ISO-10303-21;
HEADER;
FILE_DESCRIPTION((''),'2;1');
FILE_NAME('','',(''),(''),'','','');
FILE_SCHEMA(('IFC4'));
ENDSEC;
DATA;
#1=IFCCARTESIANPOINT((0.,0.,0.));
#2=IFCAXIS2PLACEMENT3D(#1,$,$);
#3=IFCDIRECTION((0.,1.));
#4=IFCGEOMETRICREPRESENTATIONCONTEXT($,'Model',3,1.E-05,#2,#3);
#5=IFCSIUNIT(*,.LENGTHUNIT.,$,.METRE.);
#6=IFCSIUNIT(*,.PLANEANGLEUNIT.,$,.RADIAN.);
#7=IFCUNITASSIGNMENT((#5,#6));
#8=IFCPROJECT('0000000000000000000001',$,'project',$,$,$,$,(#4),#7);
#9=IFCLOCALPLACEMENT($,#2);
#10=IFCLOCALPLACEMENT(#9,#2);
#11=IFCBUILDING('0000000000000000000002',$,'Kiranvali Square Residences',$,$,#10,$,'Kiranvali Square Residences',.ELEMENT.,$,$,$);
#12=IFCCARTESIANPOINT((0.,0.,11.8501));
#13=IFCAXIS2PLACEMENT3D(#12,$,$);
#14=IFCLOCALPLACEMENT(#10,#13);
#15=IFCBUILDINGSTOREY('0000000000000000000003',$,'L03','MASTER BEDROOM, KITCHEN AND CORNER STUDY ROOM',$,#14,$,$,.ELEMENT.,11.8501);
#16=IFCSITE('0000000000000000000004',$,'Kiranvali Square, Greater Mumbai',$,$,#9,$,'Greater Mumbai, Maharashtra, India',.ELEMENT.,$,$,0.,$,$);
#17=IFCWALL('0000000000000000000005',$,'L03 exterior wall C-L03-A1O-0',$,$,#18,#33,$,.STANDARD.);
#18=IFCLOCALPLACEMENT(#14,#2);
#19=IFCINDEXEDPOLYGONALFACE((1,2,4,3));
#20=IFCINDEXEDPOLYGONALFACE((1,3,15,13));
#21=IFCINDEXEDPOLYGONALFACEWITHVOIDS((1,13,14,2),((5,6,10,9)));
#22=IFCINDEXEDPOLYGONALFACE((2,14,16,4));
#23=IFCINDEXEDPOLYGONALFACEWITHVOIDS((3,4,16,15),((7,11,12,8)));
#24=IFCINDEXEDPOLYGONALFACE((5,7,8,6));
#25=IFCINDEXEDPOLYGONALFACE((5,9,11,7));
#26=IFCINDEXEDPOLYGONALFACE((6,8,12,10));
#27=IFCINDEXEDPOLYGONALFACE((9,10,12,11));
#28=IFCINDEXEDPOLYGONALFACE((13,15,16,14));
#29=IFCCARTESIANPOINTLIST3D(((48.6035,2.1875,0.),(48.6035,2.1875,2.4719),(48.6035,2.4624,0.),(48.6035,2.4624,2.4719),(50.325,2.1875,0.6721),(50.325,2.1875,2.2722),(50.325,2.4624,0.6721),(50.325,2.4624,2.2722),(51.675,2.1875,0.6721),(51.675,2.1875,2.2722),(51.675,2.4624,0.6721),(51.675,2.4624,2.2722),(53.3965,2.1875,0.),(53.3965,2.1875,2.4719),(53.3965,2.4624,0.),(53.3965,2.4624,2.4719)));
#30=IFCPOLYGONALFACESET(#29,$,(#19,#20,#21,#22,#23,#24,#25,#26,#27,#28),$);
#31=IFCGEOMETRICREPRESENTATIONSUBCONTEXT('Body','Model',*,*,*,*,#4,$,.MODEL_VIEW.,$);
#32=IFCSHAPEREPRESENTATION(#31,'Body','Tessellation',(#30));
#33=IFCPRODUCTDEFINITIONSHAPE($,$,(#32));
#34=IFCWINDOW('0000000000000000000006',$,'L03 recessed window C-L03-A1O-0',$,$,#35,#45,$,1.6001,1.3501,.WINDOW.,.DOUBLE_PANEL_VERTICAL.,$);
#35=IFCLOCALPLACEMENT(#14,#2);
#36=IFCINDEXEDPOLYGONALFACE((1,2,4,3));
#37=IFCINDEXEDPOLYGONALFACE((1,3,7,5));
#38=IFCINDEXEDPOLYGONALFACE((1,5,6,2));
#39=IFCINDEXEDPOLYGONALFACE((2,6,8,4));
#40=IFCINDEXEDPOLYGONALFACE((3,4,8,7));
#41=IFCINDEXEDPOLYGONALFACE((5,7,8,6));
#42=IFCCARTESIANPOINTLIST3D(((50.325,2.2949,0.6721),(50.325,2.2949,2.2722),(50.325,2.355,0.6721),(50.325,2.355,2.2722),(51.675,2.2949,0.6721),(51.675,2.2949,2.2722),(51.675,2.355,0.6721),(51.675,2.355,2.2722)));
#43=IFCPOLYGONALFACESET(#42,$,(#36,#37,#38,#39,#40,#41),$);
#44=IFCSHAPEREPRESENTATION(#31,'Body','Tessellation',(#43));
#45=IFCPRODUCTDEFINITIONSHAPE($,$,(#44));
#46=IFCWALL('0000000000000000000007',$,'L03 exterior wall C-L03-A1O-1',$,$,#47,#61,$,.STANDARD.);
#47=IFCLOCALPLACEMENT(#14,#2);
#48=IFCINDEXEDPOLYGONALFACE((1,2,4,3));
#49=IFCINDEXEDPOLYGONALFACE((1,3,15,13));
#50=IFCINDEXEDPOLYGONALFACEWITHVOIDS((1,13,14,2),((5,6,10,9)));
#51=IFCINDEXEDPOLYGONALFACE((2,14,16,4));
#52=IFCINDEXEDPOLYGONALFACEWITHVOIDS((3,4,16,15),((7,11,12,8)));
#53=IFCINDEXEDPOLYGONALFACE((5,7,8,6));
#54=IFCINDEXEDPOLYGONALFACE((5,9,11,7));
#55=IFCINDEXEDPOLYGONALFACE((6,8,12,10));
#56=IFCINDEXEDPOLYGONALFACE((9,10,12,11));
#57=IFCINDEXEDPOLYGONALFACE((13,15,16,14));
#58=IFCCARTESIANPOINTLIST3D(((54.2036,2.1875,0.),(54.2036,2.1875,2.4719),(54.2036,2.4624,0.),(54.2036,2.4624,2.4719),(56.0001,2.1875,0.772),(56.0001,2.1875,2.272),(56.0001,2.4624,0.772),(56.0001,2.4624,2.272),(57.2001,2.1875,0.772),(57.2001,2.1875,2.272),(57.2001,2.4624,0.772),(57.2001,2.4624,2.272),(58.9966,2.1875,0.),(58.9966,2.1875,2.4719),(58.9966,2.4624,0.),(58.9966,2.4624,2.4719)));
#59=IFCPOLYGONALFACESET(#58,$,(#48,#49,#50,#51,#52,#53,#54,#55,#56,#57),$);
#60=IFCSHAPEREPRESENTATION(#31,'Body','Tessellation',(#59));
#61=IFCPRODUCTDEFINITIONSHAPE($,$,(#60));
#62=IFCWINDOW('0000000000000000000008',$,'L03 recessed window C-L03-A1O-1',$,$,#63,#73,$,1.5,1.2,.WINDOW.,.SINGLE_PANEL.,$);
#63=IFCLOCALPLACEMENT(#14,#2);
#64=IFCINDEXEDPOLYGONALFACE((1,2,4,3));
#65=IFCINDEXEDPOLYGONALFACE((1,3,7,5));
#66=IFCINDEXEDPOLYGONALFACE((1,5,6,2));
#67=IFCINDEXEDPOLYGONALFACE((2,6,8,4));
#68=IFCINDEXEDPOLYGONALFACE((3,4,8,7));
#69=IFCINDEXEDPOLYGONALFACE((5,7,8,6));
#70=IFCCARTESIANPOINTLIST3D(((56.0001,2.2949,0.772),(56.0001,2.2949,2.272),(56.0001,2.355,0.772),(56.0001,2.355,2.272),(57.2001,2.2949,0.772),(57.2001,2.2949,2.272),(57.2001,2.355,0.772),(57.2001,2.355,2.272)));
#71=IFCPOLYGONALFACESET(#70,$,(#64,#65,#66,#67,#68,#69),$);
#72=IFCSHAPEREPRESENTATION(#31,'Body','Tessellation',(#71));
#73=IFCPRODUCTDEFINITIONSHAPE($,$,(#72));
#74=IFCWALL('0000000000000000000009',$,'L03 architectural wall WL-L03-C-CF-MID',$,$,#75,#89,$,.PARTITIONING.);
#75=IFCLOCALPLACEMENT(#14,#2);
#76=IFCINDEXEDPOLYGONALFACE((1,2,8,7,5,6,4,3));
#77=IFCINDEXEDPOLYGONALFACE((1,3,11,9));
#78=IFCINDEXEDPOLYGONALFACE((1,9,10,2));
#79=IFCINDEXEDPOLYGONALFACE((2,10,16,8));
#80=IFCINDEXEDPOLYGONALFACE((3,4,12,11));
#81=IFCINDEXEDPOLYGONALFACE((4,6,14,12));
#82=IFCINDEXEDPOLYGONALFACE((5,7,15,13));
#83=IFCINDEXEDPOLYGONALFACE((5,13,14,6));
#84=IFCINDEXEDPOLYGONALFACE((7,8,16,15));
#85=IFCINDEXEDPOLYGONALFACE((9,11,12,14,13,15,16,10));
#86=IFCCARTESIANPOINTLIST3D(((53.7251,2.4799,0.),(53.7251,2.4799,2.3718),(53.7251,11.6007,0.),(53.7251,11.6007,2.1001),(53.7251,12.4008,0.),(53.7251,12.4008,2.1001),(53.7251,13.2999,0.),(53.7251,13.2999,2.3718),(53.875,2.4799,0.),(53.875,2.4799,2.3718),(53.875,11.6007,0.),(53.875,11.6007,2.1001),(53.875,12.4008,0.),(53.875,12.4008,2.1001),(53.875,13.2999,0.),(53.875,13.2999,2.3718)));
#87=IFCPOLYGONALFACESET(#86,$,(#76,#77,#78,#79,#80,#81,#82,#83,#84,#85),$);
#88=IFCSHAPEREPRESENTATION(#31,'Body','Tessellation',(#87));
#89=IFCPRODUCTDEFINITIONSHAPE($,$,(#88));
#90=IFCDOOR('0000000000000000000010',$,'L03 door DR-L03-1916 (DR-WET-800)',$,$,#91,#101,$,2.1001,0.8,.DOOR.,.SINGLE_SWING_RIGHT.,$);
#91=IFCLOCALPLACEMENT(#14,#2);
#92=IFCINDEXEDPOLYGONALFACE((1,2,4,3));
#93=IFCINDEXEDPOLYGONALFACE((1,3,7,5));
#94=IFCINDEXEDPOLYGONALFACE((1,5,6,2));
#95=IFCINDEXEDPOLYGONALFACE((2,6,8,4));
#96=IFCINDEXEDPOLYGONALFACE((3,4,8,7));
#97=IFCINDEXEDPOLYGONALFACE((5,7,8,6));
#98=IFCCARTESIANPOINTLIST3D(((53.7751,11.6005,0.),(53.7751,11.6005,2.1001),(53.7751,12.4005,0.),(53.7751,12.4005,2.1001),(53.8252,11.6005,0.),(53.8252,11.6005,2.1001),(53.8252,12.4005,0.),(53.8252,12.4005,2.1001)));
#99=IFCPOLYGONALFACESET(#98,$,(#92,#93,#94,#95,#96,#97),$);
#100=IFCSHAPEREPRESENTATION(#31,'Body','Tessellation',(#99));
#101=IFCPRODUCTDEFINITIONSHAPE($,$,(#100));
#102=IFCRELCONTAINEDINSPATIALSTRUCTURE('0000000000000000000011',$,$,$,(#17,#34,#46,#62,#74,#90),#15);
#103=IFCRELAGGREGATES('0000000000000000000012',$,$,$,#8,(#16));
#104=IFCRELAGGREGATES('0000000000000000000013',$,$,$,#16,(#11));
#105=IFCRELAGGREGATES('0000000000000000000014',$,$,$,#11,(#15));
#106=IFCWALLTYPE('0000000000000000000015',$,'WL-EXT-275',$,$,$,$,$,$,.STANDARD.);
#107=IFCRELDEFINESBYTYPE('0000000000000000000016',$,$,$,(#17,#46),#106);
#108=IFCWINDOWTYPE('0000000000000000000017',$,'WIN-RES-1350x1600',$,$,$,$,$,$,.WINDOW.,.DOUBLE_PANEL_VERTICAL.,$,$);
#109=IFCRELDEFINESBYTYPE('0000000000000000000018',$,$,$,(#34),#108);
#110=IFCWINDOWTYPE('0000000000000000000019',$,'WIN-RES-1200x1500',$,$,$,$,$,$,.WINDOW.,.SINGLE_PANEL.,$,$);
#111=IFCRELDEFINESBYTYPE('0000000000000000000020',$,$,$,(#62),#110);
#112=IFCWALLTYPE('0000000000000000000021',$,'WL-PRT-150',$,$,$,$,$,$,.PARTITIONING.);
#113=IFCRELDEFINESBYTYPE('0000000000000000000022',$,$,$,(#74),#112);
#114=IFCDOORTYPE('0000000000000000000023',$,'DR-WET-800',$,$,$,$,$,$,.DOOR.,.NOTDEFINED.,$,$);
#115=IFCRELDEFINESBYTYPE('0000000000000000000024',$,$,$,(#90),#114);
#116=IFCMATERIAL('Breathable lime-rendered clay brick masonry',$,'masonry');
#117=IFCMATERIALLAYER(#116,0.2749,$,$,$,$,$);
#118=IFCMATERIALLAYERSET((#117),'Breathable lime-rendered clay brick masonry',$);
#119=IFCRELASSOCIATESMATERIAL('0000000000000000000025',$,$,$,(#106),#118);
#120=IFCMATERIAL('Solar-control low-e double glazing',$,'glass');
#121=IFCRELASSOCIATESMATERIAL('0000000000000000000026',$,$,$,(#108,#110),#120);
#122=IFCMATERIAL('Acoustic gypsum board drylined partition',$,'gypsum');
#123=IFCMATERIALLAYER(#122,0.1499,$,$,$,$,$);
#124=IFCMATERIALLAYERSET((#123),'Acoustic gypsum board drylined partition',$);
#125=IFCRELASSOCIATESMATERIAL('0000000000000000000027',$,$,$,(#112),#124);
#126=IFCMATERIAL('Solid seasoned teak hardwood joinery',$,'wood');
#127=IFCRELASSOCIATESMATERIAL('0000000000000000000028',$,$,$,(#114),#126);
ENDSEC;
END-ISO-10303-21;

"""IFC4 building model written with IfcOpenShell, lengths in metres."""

from ifc_helpers import new_model, si_unit, direction, frame, frame_2d, origin, place, context, subcontext, project, spatial, rectangle, extrude, material, layer, layer_set, type_object, element, fill, save


model = new_model("IFC4")

# Units and contexts
model_context = context("Model", 3, precision=1e-05, world=origin(), true_north=direction((0.0, 1.0)))
body_context = subcontext(model_context, "Body", "Model", "MODEL_VIEW")
ifc_project = project(units=[si_unit("LENGTHUNIT", "METRE"), si_unit("PLANEANGLEUNIT", "RADIAN")], contexts=[model_context])

# Site, building, storey
site_placement = place(None, origin())
site = spatial("IfcSite", under=ifc_project, at=site_placement, Name="Kiranvali Square, Greater Mumbai", LongName="Greater Mumbai, Maharashtra, India", CompositionType="ELEMENT", RefElevation=0.0)
building_placement = place(site_placement, origin())
building = spatial("IfcBuilding", under=site, at=building_placement, Name="Kiranvali Square Residences", LongName="Kiranvali Square Residences", CompositionType="ELEMENT")
storey_placement = place(building_placement, frame((0.0, 0.0, 11.8501)))
storey = spatial("IfcBuildingStorey", under=building, at=storey_placement, Name="L03", Description="MASTER BEDROOM, KITCHEN AND CORNER STUDY ROOM", CompositionType="ELEMENT", Elevation=11.8501)

# Walls, openings, windows
ifc_material_1 = material(Name="Breathable lime-rendered clay brick masonry", Category="masonry")
ifc_layer_1 = layer(ifc_material_1, 0.2749)
ifc_layer_set_1 = layer_set([ifc_layer_1], Name="Breathable lime-rendered clay brick masonry")
wall_type_1 = type_object("IfcWallType", Name="WL-EXT-275", PredefinedType="STANDARD", material=ifc_layer_set_1)
wall_1_placement = place(storey_placement, frame((48.6035, 2.325, 0.0), z_axis=(0.0, 0.0, 1.0), x_axis=(1.0, 0.0, 0.0)))
wall_1 = element("IfcWall", 1, at=wall_1_placement, inside=storey, type_object=wall_type_1, Name="L03 exterior wall C-L03-A1O-0", PredefinedType="STANDARD", context=body_context, shape_type="SweptSolid", body=[
    extrude(rectangle(XDim=4.793, YDim=0.2749, at=frame_2d((2.3965, 0.0))), origin(), (0.0, 0.0, 1.0), 2.4719),
])
opening_1_placement = place(wall_1_placement, frame((1.7214, 0.0, 0.6721)))
opening_1 = element("IfcOpeningElement", 2, at=opening_1_placement, cuts=wall_1, PredefinedType="OPENING", context=body_context, shape_type="SweptSolid", body=[
    extrude(rectangle(XDim=1.3501, YDim=1.6001, at=frame_2d((0.675, 0.8))), frame((0.0, 0.1475, 0.0), z_axis=(0.0, -1.0, 0.0), x_axis=(1.0, 0.0, 0.0)), (0.0, 0.0, 1.0), 0.2949),
])
ifc_material_2 = material(Name="Solar-control low-e double glazing", Category="glass")
window_type_1 = type_object("IfcWindowType", Name="WIN-RES-1350x1600", PartitioningType="DOUBLE_PANEL_VERTICAL", PredefinedType="WINDOW", material=ifc_material_2)
window_1_placement = place(opening_1_placement, origin())
window_1 = element("IfcWindow", 3, at=window_1_placement, inside=storey, type_object=window_type_1, Name="L03 recessed window C-L03-A1O-0", OverallHeight=1.6001, OverallWidth=1.3501, PartitioningType="DOUBLE_PANEL_VERTICAL", PredefinedType="WINDOW", context=body_context, shape_type="SweptSolid", body=[
    extrude(rectangle(XDim=1.3501, YDim=1.6001, at=frame_2d((0.675, 0.8))), frame((0.0, 0.03, 0.0), z_axis=(0.0, -1.0, 0.0), x_axis=(1.0, 0.0, 0.0)), (0.0, 0.0, 1.0), 0.0601),
])
fill(opening_1, window_1)
wall_2_placement = place(storey_placement, frame((54.2036, 2.325, 0.0), z_axis=(0.0, 0.0, 1.0), x_axis=(1.0, 0.0, 0.0)))
wall_2 = element("IfcWall", 4, at=wall_2_placement, inside=storey, type_object=wall_type_1, Name="L03 exterior wall C-L03-A1O-1", PredefinedType="STANDARD", context=body_context, shape_type="SweptSolid", body=[
    extrude(rectangle(XDim=4.793, YDim=0.2749, at=frame_2d((2.3965, 0.0))), origin(), (0.0, 0.0, 1.0), 2.4719),
])
opening_2_placement = place(wall_2_placement, frame((1.7964, 0.0, 0.772)))
opening_2 = element("IfcOpeningElement", 5, at=opening_2_placement, cuts=wall_2, PredefinedType="OPENING", context=body_context, shape_type="SweptSolid", body=[
    extrude(rectangle(XDim=1.2, YDim=1.5, at=frame_2d((0.6001, 0.75))), frame((0.0, 0.1475, 0.0), z_axis=(0.0, -1.0, 0.0), x_axis=(1.0, 0.0, 0.0)), (0.0, 0.0, 1.0), 0.2949),
])
window_type_2 = type_object("IfcWindowType", Name="WIN-RES-1200x1500", PartitioningType="SINGLE_PANEL", PredefinedType="WINDOW", material=ifc_material_2)
window_2_placement = place(opening_2_placement, origin())
window_2 = element("IfcWindow", 6, at=window_2_placement, inside=storey, type_object=window_type_2, Name="L03 recessed window C-L03-A1O-1", OverallHeight=1.5, OverallWidth=1.2, PartitioningType="SINGLE_PANEL", PredefinedType="WINDOW", context=body_context, shape_type="SweptSolid", body=[
    extrude(rectangle(XDim=1.2, YDim=1.5, at=frame_2d((0.6001, 0.75))), frame((0.0, 0.03, 0.0), z_axis=(0.0, -1.0, 0.0), x_axis=(1.0, 0.0, 0.0)), (0.0, 0.0, 1.0), 0.0601),
])
fill(opening_2, window_2)

# Wall, opening, door
ifc_material_3 = material(Name="Acoustic gypsum board drylined partition", Category="gypsum")
ifc_layer_2 = layer(ifc_material_3, 0.1499)
ifc_layer_set_2 = layer_set([ifc_layer_2], Name="Acoustic gypsum board drylined partition")
wall_type_2 = type_object("IfcWallType", Name="WL-PRT-150", PredefinedType="PARTITIONING", material=ifc_layer_set_2)
wall_3_placement = place(storey_placement, frame((53.8, 13.3, 0.0), z_axis=(0.0, 0.0, 1.0), x_axis=(0.0, -1.0, 0.0)))
wall_3 = element("IfcWall", 7, at=wall_3_placement, inside=storey, type_object=wall_type_2, Name="L03 architectural wall WL-L03-C-CF-MID", PredefinedType="PARTITIONING", context=body_context, shape_type="SweptSolid", body=[
    extrude(rectangle(XDim=10.8201, YDim=0.1499, at=frame_2d((5.4102, 0.0))), origin(), (0.0, 0.0, 1.0), 2.3718),
])
opening_3_placement = place(wall_3_placement, frame((0.8994, 0.0, 0.0)))
opening_3 = element("IfcOpeningElement", 8, at=opening_3_placement, cuts=wall_3, PredefinedType="OPENING", context=body_context, shape_type="SweptSolid", body=[
    extrude(rectangle(XDim=0.8, YDim=2.1001, at=frame_2d((0.3999, 1.05))), frame((0.0, 0.085, 0.0), z_axis=(0.0, -1.0, 0.0), x_axis=(1.0, 0.0, 0.0)), (0.0, 0.0, 1.0), 0.1699),
])
ifc_material_4 = material(Name="Solid seasoned teak hardwood joinery", Category="wood")
door_type = type_object("IfcDoorType", Name="DR-WET-800", OperationType="NOTDEFINED", PredefinedType="DOOR", material=ifc_material_4)
door_placement = place(opening_3_placement, frame((0.8, 0.0, 0.0), z_axis=(0.0, 0.0, 1.0), x_axis=(-1.0, 0.0, 0.0)))
door = element("IfcDoor", 9, at=door_placement, inside=storey, type_object=door_type, Name="L03 door DR-L03-1916 (DR-WET-800)", OperationType="SINGLE_SWING_RIGHT", OverallHeight=2.1001, OverallWidth=0.8, PredefinedType="DOOR", context=body_context, shape_type="SweptSolid", body=[
    extrude(rectangle(XDim=0.8, YDim=2.1001, at=frame_2d((0.3999, 1.05))), frame((0.0, 0.0249, 0.0), z_axis=(0.0, -1.0, 0.0), x_axis=(1.0, 0.0, 0.0)), (0.0, 0.0, 1.0), 0.05),
])
fill(opening_3, door)

save(model, "model.ifc")
